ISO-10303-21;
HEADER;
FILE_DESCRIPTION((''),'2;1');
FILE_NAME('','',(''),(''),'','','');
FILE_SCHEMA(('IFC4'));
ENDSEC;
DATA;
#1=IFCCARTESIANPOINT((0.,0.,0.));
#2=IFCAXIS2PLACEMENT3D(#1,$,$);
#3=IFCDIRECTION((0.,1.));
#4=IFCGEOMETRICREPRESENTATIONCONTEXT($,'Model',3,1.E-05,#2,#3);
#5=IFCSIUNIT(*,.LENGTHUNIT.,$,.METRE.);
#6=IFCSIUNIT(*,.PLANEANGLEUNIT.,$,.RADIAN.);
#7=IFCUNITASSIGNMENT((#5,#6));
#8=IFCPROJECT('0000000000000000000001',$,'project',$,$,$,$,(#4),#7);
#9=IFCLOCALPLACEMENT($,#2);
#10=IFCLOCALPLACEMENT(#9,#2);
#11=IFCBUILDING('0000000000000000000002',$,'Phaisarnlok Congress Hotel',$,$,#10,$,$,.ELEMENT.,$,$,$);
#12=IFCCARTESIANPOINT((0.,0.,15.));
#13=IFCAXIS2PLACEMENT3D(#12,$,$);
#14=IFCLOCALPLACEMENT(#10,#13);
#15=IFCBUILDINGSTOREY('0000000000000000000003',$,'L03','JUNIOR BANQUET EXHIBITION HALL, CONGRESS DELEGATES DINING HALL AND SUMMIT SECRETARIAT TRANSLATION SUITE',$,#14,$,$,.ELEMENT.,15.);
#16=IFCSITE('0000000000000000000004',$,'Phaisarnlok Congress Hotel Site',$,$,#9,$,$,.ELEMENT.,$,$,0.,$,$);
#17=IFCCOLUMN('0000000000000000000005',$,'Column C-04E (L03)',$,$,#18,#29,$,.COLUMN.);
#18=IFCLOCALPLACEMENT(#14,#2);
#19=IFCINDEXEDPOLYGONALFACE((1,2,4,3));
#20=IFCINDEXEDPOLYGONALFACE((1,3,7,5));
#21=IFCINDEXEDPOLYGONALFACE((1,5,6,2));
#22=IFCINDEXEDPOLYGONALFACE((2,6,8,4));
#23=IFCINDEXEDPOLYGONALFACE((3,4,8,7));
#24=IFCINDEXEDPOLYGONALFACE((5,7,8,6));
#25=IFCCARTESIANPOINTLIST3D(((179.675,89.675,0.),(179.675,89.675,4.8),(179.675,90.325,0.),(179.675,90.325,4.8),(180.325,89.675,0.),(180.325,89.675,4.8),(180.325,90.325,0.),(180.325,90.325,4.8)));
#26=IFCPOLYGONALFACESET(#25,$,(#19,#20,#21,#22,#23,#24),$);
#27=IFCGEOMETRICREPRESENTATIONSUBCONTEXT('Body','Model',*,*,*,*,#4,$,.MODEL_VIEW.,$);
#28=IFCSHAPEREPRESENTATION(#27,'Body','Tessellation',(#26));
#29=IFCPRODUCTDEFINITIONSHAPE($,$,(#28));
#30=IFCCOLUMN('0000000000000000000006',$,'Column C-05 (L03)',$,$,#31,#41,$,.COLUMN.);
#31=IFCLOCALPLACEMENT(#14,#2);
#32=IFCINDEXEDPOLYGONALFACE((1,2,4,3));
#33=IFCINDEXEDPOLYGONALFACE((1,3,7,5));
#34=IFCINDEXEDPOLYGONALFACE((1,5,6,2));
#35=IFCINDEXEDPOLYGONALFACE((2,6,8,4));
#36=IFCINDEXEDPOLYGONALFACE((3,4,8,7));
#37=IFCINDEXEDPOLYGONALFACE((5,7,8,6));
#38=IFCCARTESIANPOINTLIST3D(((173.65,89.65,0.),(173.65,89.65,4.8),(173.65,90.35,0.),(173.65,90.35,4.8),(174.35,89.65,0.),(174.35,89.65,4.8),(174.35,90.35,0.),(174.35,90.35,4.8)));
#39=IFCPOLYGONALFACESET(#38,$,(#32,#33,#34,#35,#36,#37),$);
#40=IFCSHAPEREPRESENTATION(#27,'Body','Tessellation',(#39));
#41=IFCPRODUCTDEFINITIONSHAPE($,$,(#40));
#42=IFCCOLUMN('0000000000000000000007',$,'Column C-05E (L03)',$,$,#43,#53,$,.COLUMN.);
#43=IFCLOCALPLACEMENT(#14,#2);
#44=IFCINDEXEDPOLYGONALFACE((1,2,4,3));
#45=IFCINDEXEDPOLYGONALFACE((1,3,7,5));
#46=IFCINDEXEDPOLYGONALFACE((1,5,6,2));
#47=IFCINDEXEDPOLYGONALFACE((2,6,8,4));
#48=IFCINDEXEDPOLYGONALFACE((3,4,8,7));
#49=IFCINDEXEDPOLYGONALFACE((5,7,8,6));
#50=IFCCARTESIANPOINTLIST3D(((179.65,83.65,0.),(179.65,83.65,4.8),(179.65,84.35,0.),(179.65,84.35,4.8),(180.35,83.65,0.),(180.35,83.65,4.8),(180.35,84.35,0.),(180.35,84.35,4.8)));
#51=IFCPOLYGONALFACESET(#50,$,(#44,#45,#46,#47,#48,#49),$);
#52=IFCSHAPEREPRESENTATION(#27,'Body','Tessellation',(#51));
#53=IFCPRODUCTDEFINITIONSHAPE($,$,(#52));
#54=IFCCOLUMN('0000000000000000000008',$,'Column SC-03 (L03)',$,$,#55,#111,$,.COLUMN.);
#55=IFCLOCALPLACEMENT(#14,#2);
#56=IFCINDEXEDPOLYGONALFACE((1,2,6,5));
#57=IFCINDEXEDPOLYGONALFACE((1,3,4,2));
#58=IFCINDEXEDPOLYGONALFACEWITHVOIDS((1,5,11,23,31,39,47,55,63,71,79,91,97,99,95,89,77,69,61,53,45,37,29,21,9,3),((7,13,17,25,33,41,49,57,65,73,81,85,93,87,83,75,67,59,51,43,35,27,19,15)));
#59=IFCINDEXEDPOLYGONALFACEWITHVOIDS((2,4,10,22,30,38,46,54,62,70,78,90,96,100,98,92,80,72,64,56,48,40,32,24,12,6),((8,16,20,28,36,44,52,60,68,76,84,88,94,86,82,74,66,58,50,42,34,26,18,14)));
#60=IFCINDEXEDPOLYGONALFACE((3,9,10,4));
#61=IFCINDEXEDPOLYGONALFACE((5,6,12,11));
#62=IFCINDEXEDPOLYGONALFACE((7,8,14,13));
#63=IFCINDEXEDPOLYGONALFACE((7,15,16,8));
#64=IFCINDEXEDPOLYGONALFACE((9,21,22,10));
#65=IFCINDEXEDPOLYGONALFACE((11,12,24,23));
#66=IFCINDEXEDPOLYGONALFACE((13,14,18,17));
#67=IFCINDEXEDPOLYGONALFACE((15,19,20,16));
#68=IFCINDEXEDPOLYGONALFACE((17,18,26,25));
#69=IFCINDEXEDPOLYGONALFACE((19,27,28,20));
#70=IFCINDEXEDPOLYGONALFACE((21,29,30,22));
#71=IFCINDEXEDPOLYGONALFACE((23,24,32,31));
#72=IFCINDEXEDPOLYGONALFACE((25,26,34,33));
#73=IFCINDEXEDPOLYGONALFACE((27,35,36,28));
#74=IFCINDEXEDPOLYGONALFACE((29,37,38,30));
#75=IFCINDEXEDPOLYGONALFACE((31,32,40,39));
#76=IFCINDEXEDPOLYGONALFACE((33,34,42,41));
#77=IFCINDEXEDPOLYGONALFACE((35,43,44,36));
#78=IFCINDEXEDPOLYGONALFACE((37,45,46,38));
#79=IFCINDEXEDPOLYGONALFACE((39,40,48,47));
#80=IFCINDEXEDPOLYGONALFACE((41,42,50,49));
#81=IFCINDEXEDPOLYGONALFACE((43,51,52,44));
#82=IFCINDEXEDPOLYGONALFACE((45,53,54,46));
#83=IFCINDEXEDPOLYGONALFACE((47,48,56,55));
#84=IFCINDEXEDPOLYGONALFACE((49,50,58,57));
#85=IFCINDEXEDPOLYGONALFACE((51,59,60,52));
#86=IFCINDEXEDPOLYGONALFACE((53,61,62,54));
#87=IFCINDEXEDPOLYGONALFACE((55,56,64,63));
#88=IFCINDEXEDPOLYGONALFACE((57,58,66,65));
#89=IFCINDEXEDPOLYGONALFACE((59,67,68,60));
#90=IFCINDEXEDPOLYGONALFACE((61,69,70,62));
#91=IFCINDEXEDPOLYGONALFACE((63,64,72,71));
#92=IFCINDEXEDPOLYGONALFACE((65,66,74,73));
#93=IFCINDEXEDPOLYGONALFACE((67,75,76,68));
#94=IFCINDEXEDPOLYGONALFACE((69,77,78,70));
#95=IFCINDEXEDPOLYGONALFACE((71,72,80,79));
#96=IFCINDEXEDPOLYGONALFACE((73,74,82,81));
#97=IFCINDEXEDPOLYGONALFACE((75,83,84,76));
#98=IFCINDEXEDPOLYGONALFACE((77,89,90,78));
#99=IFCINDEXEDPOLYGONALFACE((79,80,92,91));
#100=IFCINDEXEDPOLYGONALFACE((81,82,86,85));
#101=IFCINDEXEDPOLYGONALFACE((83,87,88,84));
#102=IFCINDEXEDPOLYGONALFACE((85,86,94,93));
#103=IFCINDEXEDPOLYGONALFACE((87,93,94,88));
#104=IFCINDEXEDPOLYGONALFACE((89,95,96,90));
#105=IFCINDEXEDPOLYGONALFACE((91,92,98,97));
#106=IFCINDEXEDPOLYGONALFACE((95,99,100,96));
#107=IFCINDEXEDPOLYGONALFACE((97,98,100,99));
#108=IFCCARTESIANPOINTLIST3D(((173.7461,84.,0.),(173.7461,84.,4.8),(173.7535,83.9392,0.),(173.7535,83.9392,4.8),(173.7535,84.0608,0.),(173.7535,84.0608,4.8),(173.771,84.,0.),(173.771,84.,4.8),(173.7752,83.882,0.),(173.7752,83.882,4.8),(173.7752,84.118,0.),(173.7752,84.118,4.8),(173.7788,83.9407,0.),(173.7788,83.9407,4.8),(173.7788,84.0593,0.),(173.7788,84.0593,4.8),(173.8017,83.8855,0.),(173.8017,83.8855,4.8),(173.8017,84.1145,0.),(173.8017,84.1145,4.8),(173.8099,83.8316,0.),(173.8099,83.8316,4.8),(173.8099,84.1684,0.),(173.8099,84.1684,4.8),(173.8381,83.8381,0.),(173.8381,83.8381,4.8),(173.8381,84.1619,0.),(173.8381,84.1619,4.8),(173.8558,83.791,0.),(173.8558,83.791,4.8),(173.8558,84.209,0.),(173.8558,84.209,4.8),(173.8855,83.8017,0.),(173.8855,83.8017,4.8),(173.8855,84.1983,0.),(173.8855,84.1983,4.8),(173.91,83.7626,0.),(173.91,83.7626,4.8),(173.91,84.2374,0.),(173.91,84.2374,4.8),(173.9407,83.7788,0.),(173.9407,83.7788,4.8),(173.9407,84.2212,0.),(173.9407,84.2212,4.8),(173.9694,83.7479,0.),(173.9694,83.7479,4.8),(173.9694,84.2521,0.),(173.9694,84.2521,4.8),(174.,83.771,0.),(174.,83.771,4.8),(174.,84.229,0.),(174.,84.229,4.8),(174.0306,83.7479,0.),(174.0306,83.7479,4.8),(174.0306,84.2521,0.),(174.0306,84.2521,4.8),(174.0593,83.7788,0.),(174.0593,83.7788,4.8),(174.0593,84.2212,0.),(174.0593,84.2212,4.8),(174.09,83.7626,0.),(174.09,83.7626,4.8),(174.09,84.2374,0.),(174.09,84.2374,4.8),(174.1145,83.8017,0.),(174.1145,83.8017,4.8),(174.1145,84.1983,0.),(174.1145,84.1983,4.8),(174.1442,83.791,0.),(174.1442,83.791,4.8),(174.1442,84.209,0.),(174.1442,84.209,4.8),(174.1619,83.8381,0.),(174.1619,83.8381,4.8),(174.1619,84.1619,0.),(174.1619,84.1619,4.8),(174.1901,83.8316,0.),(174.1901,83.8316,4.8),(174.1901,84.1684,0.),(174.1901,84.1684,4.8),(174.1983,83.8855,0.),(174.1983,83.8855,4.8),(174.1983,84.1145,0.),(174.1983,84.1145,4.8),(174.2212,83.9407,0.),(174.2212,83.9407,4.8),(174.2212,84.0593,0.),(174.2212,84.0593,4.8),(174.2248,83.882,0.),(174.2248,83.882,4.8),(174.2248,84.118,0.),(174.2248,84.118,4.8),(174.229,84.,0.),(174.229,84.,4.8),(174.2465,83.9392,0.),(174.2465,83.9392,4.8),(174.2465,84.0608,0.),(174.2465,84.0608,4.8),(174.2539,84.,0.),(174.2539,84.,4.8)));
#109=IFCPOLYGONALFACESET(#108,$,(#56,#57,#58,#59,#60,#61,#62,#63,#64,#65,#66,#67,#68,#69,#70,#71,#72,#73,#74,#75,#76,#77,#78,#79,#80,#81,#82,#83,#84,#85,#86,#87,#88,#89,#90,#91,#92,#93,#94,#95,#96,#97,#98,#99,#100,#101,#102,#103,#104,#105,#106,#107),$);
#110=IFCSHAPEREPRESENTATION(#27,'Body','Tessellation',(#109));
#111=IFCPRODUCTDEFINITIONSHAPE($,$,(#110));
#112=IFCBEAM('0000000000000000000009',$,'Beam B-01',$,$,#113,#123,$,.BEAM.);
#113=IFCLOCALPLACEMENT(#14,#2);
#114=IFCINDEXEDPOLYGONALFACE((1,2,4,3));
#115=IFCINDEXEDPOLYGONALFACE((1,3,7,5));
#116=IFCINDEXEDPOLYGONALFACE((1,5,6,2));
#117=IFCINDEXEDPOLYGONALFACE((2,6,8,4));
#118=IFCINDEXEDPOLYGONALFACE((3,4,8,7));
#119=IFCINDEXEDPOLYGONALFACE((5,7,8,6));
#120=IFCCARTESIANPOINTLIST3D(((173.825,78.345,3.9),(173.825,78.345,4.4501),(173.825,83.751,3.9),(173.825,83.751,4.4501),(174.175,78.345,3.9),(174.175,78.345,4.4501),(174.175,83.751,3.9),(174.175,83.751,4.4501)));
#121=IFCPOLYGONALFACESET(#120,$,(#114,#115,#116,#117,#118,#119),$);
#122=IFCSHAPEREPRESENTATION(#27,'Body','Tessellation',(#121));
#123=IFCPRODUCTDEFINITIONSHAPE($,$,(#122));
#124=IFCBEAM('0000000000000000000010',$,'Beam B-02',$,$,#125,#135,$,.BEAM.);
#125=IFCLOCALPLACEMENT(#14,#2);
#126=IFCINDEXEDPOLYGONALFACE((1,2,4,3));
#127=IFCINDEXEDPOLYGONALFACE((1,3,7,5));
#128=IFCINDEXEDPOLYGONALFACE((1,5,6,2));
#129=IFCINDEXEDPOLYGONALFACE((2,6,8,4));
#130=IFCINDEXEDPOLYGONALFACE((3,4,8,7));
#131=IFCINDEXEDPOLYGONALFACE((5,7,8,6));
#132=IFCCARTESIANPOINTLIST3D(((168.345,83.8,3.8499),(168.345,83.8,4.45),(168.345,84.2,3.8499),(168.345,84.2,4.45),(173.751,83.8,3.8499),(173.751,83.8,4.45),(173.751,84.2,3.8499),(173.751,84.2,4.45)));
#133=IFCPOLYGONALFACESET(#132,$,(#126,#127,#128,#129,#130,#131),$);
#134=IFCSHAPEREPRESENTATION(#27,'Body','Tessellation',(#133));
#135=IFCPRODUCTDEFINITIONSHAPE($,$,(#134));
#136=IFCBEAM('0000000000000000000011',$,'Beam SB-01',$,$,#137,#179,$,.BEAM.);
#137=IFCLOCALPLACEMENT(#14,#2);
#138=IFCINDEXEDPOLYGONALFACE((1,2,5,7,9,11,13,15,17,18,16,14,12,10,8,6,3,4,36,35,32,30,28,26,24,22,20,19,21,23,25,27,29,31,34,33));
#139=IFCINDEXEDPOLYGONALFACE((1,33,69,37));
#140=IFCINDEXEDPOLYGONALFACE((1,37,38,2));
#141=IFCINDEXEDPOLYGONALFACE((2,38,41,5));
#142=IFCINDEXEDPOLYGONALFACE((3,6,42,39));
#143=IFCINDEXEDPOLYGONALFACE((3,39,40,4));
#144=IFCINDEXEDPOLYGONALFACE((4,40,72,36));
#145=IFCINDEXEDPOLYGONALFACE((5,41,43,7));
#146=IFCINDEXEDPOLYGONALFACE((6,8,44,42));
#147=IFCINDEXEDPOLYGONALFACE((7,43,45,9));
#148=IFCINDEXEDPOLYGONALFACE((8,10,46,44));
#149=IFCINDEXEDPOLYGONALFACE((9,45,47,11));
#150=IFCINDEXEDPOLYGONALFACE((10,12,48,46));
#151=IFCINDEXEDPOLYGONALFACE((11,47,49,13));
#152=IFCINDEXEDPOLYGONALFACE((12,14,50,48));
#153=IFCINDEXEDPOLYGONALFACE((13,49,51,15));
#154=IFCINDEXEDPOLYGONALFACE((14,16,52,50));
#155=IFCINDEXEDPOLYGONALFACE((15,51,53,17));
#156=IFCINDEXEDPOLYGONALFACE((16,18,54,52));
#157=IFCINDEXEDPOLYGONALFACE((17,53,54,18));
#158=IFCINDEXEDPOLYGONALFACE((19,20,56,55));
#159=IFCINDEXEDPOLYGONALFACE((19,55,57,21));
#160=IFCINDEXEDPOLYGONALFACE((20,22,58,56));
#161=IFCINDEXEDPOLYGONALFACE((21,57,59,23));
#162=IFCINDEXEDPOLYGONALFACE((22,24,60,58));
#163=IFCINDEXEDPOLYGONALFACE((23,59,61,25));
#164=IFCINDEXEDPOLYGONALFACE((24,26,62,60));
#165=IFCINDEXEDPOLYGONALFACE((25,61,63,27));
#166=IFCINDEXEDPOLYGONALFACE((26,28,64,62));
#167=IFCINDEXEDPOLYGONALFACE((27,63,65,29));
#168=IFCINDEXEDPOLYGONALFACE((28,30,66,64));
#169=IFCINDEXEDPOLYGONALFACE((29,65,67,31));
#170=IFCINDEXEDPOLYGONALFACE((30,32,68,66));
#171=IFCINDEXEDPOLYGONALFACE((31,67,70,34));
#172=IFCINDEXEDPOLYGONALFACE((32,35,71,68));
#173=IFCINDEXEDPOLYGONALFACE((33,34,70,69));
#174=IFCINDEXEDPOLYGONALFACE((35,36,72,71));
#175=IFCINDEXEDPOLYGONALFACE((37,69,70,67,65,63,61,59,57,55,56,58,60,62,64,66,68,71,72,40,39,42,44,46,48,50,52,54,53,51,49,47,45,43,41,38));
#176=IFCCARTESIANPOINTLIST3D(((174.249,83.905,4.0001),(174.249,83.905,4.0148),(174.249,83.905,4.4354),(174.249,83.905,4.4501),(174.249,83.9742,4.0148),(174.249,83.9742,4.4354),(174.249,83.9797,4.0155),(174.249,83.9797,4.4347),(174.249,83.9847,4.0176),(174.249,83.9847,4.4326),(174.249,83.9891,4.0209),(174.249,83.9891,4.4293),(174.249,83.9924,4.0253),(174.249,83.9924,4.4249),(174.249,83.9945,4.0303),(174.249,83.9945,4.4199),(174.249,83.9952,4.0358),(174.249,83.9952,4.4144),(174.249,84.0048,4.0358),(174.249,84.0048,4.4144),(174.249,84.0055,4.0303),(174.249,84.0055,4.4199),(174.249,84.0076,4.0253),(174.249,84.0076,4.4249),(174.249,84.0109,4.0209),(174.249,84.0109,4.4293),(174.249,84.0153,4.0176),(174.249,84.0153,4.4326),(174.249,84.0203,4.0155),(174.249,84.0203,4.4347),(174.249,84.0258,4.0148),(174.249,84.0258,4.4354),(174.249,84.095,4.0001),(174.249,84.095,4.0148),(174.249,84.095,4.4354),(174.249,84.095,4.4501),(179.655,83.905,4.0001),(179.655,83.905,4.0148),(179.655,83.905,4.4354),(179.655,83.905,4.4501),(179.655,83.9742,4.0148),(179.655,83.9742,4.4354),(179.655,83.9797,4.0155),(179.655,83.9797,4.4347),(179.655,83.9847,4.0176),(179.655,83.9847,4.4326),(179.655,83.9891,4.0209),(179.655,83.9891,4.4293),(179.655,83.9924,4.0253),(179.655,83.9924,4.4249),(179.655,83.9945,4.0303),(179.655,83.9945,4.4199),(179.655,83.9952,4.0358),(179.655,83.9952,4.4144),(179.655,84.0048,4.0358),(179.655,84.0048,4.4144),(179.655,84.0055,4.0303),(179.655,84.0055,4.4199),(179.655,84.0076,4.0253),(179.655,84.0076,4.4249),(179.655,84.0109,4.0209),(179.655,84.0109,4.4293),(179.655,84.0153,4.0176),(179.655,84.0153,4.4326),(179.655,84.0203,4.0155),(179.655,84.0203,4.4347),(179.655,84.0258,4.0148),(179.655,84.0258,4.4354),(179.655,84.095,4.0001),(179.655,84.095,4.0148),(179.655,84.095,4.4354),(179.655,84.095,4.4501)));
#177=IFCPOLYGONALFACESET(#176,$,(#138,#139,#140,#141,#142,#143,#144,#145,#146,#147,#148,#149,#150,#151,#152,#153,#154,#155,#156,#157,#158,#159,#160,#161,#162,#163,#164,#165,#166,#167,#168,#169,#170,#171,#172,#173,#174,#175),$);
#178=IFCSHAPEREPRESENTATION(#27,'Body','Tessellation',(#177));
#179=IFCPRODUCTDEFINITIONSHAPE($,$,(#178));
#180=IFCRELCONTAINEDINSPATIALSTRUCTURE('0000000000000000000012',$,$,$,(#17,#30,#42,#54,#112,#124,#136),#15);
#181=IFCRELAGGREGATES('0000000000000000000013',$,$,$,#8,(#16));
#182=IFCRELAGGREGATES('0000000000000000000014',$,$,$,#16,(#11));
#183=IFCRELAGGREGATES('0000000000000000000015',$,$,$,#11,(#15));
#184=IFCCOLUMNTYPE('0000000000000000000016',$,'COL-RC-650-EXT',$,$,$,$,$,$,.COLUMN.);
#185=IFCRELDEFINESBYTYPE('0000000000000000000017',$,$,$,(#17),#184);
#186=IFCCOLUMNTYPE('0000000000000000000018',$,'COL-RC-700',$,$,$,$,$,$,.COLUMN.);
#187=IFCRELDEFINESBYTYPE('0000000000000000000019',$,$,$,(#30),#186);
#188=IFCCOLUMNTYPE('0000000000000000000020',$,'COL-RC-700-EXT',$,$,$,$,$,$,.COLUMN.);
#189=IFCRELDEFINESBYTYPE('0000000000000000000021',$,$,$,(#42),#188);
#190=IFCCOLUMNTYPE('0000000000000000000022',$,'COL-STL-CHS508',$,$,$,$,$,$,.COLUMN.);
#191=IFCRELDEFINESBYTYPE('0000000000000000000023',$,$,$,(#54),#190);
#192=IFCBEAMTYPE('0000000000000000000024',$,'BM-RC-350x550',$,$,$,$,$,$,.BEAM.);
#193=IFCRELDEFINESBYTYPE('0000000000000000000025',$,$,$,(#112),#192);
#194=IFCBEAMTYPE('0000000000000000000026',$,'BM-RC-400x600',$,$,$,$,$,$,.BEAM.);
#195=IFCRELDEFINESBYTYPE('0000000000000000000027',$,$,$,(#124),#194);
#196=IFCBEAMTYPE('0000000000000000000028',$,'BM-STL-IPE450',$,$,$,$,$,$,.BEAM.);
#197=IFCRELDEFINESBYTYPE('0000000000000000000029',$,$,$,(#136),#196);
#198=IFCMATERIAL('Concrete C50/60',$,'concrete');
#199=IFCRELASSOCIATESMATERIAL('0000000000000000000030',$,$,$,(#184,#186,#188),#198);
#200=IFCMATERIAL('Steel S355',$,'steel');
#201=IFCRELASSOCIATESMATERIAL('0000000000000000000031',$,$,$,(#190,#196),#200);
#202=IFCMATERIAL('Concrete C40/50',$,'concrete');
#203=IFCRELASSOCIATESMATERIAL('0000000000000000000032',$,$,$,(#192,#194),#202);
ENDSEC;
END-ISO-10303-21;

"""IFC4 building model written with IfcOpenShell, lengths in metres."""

from ifc_helpers import new_model, si_unit, direction, frame, origin, origin_2d, place, context, subcontext, project, spatial, rectangle, hollow_circle, i_section, extrude, material, material_profile, profile_set, type_object, element, save


model = new_model("IFC4")

# Units and contexts
model_context = context("Model", 3, precision=1e-05, world=origin(), true_north=direction((0.0, 1.0)))
body_context = subcontext(model_context, "Body", "Model", "MODEL_VIEW")
ifc_project = project(units=[si_unit("LENGTHUNIT", "METRE"), si_unit("PLANEANGLEUNIT", "RADIAN")], contexts=[model_context])

# Site, building, storey
site_placement = place(None, origin())
site = spatial("IfcSite", under=ifc_project, at=site_placement, Name="Phaisarnlok Congress Hotel Site", CompositionType="ELEMENT", RefElevation=0.0)
building_placement = place(site_placement, origin())
building = spatial("IfcBuilding", under=site, at=building_placement, Name="Phaisarnlok Congress Hotel", CompositionType="ELEMENT")
storey_placement = place(building_placement, frame((0.0, 0.0, 15.0)))
storey = spatial("IfcBuildingStorey", under=building, at=storey_placement, Name="L03", Description="JUNIOR BANQUET EXHIBITION HALL, CONGRESS DELEGATES DINING HALL AND SUMMIT SECRETARIAT TRANSLATION SUITE", CompositionType="ELEMENT", Elevation=15.0)

# Columns
ifc_material_1 = material(Name="Concrete C50/60", Category="concrete")
ifc_material_profile_1 = material_profile(ifc_material_1, rectangle(XDim=0.6499, YDim=0.6499, at=origin_2d()), Name="RC 650x650")
ifc_profile_set_1 = profile_set([ifc_material_profile_1], Name="Concrete C50/60")
column_type_1 = type_object("IfcColumnType", Name="COL-RC-650-EXT", PredefinedType="COLUMN", material=ifc_profile_set_1)
column_1_placement = place(storey_placement, frame((180.0, 90.0, 0.0), z_axis=(0.0, 0.0, 1.0), x_axis=(1.0, 0.0, 0.0)))
element("IfcColumn", 1, at=column_1_placement, inside=storey, type_object=column_type_1, Name="Column C-04E (L03)", PredefinedType="COLUMN", context=body_context, shape_type="SweptSolid", body=[
    extrude(rectangle(XDim=0.6499, YDim=0.6499, at=origin_2d()), origin(), (0.0, 0.0, 1.0), 4.8),
])
ifc_material_profile_2 = material_profile(ifc_material_1, rectangle(XDim=0.7, YDim=0.7, at=origin_2d()), Name="RC 700x700")
ifc_profile_set_2 = profile_set([ifc_material_profile_2], Name="Concrete C50/60")
column_type_2 = type_object("IfcColumnType", Name="COL-RC-700", PredefinedType="COLUMN", material=ifc_profile_set_2)
column_2_placement = place(storey_placement, frame((174.0, 90.0, 0.0), z_axis=(0.0, 0.0, 1.0), x_axis=(1.0, 0.0, 0.0)))
element("IfcColumn", 2, at=column_2_placement, inside=storey, type_object=column_type_2, Name="Column C-05 (L03)", PredefinedType="COLUMN", context=body_context, shape_type="SweptSolid", body=[
    extrude(rectangle(XDim=0.7, YDim=0.7, at=origin_2d()), origin(), (0.0, 0.0, 1.0), 4.8),
])
ifc_material_profile_3 = material_profile(ifc_material_1, rectangle(XDim=0.7, YDim=0.7, at=origin_2d()), Name="RC 700x700")
ifc_profile_set_3 = profile_set([ifc_material_profile_3], Name="Concrete C50/60")
column_type_3 = type_object("IfcColumnType", Name="COL-RC-700-EXT", PredefinedType="COLUMN", material=ifc_profile_set_3)
column_3_placement = place(storey_placement, frame((180.0, 84.0, 0.0), z_axis=(0.0, 0.0, 1.0), x_axis=(1.0, 0.0, 0.0)))
element("IfcColumn", 3, at=column_3_placement, inside=storey, type_object=column_type_3, Name="Column C-05E (L03)", PredefinedType="COLUMN", context=body_context, shape_type="SweptSolid", body=[
    extrude(rectangle(XDim=0.7, YDim=0.7, at=origin_2d()), origin(), (0.0, 0.0, 1.0), 4.8),
])
ifc_material_2 = material(Name="Steel S355", Category="steel")
ifc_material_profile_4 = material_profile(ifc_material_2, hollow_circle(Radius=0.2539, WallThickness=0.0249, at=origin_2d()), Name="CHS 508x25")
ifc_profile_set_4 = profile_set([ifc_material_profile_4], Name="Steel S355")
column_type_4 = type_object("IfcColumnType", Name="COL-STL-CHS508", PredefinedType="COLUMN", material=ifc_profile_set_4)
column_4_placement = place(storey_placement, frame((174.0, 84.0, 0.0), z_axis=(0.0, 0.0, 1.0), x_axis=(1.0, 0.0, 0.0)))
element("IfcColumn", 4, at=column_4_placement, inside=storey, type_object=column_type_4, Name="Column SC-03 (L03)", PredefinedType="COLUMN", context=body_context, shape_type="SweptSolid", body=[
    extrude(hollow_circle(Radius=0.2539, WallThickness=0.0249, at=origin_2d()), origin(), (0.0, 0.0, 1.0), 4.8),
])

# Beams
ifc_material_3 = material(Name="Concrete C40/50", Category="concrete")
ifc_material_profile_5 = material_profile(ifc_material_3, rectangle(XDim=0.3501, YDim=0.55, at=origin_2d()), Name="RC 350x550")
ifc_profile_set_5 = profile_set([ifc_material_profile_5], Name="Concrete C40/50")
beam_type_1 = type_object("IfcBeamType", Name="BM-RC-350x550", PredefinedType="BEAM", material=ifc_profile_set_5)
beam_1_placement = place(storey_placement, frame((174.0, 78.345, 4.175), z_axis=(0.0, 1.0, 0.0), x_axis=(-1.0, 0.0, 0.0)))
element("IfcBeam", 5, at=beam_1_placement, inside=storey, type_object=beam_type_1, Name="Beam B-01", PredefinedType="BEAM", context=body_context, shape_type="SweptSolid", body=[
    extrude(rectangle(XDim=0.3501, YDim=0.55, at=origin_2d()), origin(), (0.0, 0.0, 1.0), 5.406),
])
ifc_material_profile_6 = material_profile(ifc_material_3, rectangle(XDim=0.3999, YDim=0.6001, at=origin_2d()), Name="RC 400x600")
ifc_profile_set_6 = profile_set([ifc_material_profile_6], Name="Concrete C40/50")
beam_type_2 = type_object("IfcBeamType", Name="BM-RC-400x600", PredefinedType="BEAM", material=ifc_profile_set_6)
beam_2_placement = place(storey_placement, frame((168.345, 84.0, 4.1499), z_axis=(1.0, 0.0, 0.0), x_axis=(0.0, 1.0, 0.0)))
element("IfcBeam", 6, at=beam_2_placement, inside=storey, type_object=beam_type_2, Name="Beam B-02", PredefinedType="BEAM", context=body_context, shape_type="SweptSolid", body=[
    extrude(rectangle(XDim=0.3999, YDim=0.6001, at=origin_2d()), origin(), (0.0, 0.0, 1.0), 5.406),
])
ifc_material_profile_7 = material_profile(ifc_material_2, i_section(OverallWidth=0.1899, OverallDepth=0.45, WebThickness=0.0095, FlangeThickness=0.0146, FilletRadius=0.021, at=origin_2d()), Name="IPE 450")
ifc_profile_set_7 = profile_set([ifc_material_profile_7], Name="Steel S355")
beam_type_3 = type_object("IfcBeamType", Name="BM-STL-IPE450", PredefinedType="BEAM", material=ifc_profile_set_7)
beam_3_placement = place(storey_placement, frame((174.249, 84.0, 4.2251), z_axis=(1.0, 0.0, 0.0), x_axis=(0.0, 1.0, 0.0)))
element("IfcBeam", 7, at=beam_3_placement, inside=storey, type_object=beam_type_3, Name="Beam SB-01", PredefinedType="BEAM", context=body_context, shape_type="SweptSolid", body=[
    extrude(i_section(OverallWidth=0.1899, OverallDepth=0.45, WebThickness=0.0095, FlangeThickness=0.0146, FilletRadius=0.021, at=origin_2d()), origin(), (0.0, 0.0, 1.0), 5.406),
])

save(model, "model.ifc")
